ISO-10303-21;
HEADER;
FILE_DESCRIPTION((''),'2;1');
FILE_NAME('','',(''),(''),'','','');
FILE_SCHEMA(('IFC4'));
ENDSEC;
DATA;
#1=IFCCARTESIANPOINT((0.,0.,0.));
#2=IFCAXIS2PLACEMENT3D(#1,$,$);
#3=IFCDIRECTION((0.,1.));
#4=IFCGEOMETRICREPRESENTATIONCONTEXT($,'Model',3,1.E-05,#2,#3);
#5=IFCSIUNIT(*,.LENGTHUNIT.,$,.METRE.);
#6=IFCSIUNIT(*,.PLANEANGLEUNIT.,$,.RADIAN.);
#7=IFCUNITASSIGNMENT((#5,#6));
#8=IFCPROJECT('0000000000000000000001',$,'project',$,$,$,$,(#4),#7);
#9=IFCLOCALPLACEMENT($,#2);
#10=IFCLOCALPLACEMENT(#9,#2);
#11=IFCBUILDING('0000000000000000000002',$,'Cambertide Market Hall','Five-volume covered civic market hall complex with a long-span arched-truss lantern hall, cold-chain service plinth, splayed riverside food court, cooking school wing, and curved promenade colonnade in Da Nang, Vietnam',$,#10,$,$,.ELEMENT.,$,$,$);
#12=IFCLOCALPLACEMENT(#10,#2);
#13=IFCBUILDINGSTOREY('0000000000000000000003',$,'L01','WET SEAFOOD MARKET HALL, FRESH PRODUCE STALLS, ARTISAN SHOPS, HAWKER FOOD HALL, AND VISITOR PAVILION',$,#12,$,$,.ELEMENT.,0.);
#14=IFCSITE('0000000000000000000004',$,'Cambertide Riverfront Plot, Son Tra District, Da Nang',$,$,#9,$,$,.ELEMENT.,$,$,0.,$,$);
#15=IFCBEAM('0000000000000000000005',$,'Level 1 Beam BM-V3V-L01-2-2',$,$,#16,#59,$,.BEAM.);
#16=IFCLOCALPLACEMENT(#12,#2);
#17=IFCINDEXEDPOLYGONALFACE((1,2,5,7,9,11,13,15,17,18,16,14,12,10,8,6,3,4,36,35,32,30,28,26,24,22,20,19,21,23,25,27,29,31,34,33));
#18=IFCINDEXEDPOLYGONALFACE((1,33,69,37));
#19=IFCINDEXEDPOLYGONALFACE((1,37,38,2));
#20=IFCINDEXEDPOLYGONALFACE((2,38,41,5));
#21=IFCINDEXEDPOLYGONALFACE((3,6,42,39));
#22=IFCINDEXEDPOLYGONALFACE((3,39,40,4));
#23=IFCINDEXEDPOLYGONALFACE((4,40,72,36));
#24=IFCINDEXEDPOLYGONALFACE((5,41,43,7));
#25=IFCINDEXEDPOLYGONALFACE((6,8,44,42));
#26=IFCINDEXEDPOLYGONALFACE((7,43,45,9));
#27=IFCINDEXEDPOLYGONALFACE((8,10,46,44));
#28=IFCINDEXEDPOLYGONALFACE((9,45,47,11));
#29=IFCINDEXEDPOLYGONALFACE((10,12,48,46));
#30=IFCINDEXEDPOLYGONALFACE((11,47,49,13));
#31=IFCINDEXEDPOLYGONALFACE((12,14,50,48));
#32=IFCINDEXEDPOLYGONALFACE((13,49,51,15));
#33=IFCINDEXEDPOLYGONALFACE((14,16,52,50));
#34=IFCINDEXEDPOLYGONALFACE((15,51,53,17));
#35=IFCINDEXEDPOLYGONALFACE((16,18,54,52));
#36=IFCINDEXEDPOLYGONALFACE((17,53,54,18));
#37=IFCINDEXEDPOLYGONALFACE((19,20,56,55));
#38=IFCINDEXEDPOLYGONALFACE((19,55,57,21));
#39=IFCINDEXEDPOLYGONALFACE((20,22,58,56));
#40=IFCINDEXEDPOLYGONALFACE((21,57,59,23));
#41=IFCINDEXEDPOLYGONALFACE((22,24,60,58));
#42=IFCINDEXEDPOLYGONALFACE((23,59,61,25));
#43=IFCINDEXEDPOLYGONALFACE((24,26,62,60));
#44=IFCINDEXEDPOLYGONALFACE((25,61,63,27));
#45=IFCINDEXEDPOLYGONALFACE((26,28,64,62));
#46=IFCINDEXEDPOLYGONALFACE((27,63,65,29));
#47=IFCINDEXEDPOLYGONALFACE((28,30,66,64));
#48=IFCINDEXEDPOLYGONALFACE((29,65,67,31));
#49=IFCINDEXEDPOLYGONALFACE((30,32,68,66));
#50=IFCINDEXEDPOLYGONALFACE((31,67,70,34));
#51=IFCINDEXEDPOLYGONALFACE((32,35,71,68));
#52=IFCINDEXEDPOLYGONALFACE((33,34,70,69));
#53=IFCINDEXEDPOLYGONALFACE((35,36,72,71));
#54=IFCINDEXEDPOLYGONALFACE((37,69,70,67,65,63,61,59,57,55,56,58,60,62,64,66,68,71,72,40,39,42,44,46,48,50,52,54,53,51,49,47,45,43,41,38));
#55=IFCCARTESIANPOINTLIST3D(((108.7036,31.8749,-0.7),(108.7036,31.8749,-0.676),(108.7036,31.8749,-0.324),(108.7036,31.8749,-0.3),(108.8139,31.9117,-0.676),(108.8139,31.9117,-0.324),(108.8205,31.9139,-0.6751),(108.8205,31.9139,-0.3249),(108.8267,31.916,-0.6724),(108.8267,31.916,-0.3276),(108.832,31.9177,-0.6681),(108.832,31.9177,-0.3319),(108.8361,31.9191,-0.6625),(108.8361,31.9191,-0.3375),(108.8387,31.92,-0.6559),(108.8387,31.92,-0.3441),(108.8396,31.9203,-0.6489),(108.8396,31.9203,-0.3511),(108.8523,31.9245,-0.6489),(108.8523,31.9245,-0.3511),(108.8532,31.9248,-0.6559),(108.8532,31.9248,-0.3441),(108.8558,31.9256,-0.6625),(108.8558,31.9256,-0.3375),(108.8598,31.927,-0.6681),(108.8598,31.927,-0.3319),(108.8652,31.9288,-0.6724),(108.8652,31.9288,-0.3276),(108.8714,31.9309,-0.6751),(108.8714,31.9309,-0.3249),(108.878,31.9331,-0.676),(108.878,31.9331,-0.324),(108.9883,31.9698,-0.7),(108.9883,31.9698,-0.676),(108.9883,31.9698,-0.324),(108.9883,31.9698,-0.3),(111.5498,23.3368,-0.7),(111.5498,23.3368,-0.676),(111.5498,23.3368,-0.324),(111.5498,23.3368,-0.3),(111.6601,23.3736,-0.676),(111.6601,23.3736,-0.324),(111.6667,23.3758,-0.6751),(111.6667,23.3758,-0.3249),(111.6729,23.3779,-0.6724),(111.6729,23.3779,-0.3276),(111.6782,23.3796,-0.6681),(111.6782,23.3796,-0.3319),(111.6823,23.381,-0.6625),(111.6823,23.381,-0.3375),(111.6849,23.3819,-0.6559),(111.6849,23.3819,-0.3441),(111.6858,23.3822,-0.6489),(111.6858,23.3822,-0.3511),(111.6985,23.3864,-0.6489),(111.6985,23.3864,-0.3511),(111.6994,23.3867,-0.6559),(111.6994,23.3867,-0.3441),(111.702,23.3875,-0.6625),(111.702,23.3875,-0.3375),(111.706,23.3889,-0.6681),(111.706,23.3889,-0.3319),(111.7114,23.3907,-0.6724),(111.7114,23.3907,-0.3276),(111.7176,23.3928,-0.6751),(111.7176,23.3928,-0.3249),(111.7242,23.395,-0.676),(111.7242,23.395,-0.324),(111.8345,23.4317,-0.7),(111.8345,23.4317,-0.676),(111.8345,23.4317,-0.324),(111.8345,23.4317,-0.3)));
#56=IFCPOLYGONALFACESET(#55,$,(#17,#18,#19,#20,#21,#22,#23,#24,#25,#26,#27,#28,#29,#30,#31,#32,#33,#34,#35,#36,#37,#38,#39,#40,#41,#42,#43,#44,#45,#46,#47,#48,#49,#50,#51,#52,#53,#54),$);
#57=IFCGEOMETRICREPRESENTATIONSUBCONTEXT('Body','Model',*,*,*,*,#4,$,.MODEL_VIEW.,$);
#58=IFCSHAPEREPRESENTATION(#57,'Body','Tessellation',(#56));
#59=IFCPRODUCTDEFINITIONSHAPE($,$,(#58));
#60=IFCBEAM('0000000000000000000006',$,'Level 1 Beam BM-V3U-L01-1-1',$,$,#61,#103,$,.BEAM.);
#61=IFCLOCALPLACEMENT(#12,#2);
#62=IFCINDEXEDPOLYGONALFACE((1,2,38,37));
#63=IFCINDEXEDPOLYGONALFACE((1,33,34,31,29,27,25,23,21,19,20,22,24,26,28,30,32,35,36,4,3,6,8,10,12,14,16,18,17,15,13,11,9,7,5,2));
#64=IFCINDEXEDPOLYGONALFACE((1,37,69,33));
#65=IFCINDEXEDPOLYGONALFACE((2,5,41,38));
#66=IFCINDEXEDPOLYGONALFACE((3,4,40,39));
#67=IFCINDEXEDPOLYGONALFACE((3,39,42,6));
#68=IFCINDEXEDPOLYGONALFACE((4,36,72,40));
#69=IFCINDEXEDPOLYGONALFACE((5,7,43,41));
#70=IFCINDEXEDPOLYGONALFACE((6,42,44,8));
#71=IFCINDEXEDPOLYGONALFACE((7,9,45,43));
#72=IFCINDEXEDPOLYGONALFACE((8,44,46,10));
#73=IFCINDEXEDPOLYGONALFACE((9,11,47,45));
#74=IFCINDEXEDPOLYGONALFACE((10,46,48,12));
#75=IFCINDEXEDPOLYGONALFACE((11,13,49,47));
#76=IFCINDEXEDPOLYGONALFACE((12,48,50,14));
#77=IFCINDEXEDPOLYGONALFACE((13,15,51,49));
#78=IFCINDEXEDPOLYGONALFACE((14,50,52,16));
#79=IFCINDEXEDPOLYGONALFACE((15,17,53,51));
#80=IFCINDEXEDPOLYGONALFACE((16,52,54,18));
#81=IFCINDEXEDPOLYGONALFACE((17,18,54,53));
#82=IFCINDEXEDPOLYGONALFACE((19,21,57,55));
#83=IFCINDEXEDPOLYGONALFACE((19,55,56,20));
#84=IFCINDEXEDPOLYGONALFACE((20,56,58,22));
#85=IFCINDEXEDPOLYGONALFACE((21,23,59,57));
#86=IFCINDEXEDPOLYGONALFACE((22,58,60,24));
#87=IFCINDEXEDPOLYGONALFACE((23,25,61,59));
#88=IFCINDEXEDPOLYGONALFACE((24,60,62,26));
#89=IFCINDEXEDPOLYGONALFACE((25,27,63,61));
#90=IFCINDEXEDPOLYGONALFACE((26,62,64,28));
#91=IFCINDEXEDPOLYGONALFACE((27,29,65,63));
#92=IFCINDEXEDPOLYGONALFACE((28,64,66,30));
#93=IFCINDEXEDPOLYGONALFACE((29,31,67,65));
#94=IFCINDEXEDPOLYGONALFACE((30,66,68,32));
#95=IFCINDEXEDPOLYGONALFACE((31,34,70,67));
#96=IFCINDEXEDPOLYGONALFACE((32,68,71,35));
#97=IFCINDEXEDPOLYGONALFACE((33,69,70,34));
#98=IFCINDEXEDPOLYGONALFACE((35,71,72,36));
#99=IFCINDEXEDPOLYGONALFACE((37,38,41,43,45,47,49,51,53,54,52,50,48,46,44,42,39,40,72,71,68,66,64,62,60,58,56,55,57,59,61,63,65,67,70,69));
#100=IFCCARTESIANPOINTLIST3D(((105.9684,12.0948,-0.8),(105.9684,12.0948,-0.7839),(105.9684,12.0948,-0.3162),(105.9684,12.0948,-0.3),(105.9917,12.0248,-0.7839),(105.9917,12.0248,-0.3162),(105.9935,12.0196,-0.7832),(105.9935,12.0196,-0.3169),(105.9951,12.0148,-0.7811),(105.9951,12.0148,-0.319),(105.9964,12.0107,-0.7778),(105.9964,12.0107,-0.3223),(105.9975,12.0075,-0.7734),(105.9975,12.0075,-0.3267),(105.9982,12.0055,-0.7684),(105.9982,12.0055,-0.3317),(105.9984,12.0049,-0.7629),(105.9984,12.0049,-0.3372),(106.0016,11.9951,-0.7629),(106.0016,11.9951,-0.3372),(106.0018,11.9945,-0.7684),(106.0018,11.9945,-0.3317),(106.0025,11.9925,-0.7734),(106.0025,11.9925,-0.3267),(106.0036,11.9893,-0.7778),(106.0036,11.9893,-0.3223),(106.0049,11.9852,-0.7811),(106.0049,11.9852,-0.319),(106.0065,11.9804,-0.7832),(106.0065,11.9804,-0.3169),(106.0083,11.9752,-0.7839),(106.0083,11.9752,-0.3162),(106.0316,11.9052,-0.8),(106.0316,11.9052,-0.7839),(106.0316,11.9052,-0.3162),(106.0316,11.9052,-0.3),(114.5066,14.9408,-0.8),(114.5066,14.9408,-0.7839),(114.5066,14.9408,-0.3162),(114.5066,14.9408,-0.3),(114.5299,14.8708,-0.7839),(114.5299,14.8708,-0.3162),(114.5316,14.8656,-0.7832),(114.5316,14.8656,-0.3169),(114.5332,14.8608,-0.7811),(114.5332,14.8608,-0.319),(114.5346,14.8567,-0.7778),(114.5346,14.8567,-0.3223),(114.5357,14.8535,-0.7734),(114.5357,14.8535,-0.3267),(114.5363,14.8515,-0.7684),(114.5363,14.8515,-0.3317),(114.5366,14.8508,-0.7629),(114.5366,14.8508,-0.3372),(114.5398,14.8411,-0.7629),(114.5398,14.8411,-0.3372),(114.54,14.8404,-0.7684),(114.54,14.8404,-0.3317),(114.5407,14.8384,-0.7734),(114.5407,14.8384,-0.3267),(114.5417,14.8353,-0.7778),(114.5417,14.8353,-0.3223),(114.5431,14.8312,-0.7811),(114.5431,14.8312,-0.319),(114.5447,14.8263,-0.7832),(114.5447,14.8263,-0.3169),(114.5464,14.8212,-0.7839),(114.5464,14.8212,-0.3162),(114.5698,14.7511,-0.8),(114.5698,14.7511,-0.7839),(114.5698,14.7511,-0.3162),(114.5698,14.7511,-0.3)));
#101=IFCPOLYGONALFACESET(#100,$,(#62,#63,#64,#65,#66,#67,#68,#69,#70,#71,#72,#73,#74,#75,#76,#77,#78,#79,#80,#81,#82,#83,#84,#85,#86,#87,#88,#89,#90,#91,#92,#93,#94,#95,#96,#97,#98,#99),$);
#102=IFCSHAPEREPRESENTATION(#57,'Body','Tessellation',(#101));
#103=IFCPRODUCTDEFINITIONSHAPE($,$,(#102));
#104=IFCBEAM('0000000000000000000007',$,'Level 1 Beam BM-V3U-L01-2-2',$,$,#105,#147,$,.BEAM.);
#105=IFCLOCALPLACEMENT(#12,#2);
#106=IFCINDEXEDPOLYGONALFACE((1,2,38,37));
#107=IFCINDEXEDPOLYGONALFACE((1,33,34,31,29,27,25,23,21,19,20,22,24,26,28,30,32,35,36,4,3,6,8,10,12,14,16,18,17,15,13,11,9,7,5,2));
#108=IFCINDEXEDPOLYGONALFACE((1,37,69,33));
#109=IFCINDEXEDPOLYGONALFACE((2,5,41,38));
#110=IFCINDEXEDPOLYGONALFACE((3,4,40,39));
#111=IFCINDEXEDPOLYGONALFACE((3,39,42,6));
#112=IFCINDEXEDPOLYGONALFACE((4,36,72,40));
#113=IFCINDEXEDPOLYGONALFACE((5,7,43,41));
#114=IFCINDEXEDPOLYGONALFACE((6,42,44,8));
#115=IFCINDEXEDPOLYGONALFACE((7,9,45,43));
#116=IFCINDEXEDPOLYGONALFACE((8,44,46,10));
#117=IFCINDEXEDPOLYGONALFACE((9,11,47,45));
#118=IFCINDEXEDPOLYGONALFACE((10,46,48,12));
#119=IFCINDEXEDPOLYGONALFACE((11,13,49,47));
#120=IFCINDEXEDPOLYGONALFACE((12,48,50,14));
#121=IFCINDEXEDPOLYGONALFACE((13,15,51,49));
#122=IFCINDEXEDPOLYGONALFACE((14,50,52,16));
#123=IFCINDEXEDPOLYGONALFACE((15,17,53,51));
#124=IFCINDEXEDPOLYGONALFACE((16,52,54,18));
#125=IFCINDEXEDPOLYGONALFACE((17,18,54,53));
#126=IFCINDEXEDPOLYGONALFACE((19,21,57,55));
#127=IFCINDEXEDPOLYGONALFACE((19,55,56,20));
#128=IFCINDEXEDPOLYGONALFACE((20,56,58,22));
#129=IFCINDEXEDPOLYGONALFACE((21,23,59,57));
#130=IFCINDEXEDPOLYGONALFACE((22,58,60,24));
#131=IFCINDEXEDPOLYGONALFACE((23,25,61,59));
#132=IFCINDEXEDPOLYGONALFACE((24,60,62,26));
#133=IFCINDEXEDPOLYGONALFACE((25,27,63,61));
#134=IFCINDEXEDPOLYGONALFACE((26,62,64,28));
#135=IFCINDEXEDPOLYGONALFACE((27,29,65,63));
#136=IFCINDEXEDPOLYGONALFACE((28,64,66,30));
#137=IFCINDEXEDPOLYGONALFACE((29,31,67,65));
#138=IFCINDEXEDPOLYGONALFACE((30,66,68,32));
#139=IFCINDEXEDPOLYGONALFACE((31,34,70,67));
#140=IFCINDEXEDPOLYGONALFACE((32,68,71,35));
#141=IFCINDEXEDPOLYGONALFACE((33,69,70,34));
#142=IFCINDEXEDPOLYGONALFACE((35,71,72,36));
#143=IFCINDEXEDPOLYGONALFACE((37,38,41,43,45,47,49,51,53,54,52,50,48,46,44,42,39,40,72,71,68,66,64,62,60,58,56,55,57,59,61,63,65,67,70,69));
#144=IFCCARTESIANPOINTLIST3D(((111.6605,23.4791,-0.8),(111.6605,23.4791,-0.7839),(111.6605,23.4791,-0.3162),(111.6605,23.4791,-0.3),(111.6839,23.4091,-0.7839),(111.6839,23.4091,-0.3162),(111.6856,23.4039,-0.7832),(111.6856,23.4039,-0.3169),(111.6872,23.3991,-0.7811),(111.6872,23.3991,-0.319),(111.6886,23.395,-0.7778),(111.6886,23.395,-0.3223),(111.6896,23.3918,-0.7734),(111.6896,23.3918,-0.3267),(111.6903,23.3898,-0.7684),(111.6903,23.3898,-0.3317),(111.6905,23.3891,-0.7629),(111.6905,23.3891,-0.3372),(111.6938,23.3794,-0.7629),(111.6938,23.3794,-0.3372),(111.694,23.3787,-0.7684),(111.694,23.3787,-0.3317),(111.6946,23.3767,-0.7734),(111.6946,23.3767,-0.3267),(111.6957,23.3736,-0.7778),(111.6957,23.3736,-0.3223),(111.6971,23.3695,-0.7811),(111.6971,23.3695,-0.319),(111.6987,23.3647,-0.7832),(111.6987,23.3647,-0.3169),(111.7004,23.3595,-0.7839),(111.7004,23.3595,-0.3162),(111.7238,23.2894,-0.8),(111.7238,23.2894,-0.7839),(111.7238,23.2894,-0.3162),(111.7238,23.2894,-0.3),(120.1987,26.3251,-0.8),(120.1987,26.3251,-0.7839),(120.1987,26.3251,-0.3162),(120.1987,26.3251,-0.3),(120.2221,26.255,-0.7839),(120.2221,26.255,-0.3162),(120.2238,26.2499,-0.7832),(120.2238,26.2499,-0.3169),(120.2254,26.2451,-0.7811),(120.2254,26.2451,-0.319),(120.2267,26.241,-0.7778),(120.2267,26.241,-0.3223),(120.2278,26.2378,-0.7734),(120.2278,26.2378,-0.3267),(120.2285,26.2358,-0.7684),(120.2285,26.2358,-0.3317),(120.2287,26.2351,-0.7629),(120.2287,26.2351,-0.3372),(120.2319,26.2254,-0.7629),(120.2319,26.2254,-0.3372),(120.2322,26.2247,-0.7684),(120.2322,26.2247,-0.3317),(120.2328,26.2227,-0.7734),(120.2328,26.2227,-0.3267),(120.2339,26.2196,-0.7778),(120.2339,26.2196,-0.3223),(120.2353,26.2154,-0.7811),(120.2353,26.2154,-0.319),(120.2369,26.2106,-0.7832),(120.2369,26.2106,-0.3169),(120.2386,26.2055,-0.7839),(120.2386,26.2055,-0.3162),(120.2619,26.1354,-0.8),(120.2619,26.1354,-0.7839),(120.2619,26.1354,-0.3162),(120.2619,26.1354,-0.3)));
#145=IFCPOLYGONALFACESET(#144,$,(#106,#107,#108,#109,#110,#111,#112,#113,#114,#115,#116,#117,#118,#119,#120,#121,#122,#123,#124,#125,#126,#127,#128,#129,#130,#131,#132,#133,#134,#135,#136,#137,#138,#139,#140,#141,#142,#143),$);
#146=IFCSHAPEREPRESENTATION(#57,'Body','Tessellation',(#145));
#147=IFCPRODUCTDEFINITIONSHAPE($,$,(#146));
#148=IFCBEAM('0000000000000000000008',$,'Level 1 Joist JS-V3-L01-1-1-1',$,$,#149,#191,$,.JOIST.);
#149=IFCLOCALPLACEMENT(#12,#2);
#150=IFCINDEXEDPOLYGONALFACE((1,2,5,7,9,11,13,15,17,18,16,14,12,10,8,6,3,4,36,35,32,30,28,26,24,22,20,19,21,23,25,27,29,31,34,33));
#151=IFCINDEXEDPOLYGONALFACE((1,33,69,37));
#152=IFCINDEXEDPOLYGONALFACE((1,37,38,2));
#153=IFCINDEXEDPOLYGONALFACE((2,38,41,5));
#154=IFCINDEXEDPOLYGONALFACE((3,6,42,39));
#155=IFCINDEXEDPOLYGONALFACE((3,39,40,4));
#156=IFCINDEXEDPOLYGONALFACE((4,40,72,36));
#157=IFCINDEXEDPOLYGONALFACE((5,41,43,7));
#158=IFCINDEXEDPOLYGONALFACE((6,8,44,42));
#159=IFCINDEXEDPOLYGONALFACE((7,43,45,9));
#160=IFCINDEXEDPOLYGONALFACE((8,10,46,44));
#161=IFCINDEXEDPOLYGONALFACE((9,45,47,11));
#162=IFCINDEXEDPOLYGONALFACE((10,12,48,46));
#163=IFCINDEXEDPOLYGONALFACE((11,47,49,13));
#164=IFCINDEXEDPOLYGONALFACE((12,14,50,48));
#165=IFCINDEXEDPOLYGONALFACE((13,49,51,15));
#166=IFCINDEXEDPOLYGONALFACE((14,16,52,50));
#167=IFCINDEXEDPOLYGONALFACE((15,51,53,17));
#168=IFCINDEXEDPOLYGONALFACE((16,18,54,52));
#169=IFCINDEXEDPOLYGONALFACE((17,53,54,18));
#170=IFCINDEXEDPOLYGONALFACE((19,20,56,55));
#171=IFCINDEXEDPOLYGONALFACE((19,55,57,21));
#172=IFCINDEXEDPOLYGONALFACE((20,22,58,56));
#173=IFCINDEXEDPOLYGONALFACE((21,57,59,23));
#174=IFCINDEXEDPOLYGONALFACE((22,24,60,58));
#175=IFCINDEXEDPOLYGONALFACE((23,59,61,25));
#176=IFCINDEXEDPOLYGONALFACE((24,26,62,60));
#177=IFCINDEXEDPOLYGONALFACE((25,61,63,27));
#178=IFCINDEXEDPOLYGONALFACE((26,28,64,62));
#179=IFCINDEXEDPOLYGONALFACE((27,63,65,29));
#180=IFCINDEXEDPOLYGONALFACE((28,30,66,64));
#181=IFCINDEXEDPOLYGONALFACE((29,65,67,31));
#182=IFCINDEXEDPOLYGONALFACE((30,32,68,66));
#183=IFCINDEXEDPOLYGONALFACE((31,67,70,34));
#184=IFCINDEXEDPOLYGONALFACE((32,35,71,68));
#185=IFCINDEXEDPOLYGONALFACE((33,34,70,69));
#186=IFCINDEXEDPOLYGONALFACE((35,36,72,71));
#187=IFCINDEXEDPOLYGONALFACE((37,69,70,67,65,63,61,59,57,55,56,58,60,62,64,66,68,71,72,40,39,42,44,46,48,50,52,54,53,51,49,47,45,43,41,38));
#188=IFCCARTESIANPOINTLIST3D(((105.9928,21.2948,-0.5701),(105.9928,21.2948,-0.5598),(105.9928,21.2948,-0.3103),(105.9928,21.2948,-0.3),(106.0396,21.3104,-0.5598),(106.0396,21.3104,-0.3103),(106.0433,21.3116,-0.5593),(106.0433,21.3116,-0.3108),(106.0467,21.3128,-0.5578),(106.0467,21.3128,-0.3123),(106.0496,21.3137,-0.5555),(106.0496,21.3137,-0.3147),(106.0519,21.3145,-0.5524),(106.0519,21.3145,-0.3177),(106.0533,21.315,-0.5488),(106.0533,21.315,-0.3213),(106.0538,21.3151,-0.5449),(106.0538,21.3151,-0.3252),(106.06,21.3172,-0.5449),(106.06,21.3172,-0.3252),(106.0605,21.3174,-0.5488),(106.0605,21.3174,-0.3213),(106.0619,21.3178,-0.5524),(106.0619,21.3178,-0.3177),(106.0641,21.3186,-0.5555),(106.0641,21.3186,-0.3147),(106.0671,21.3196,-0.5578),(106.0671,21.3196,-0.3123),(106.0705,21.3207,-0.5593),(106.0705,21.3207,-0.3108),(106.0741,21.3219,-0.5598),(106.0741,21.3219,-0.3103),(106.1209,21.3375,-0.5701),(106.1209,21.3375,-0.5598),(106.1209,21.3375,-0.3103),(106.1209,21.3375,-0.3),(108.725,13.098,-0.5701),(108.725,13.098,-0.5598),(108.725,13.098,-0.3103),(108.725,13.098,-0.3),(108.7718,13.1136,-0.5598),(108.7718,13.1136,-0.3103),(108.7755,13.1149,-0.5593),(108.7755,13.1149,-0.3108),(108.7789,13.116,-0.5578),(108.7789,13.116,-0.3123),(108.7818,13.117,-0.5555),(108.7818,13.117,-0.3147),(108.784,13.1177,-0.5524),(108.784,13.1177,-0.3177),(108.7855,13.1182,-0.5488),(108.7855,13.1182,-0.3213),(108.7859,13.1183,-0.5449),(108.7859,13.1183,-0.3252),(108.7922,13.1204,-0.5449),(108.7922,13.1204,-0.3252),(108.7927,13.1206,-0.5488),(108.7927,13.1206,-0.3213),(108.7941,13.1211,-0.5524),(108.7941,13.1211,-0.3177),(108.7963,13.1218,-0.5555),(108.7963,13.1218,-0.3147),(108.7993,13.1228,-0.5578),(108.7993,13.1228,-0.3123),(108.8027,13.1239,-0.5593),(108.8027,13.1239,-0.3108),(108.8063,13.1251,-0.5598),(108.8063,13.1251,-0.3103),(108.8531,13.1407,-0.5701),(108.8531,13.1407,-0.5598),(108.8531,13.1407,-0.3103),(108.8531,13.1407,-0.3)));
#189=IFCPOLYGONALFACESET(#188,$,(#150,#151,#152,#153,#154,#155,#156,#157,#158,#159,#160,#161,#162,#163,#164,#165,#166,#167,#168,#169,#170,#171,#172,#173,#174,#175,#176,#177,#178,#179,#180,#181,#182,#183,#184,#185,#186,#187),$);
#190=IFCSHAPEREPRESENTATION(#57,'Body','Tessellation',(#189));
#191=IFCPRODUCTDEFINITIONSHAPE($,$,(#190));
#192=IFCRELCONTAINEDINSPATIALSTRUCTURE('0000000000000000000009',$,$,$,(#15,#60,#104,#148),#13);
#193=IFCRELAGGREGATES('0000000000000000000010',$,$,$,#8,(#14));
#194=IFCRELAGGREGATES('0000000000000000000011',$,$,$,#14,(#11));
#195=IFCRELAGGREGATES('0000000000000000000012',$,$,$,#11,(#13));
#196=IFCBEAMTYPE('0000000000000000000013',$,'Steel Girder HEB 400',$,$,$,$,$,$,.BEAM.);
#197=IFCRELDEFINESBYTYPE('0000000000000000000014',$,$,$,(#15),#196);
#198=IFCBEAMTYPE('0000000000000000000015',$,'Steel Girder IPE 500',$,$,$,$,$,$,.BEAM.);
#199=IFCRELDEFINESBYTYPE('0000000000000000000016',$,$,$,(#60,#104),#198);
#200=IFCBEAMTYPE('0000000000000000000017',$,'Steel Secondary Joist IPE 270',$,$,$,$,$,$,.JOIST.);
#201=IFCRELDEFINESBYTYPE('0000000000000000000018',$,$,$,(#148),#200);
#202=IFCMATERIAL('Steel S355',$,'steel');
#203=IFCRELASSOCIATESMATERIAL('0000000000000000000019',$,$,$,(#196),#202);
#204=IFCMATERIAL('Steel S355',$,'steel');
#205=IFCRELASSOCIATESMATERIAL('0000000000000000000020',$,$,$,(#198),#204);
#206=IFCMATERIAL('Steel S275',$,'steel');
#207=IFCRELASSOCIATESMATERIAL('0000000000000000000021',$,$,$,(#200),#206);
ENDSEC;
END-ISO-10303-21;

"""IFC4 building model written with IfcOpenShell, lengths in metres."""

from ifc_helpers import new_model, si_unit, direction, frame, origin, origin_2d, place, context, subcontext, project, spatial, i_section, extrude, material, material_profile, profile_set, type_object, element, save


model = new_model("IFC4")

# Units and contexts
model_context = context("Model", 3, precision=1e-05, world=origin(), true_north=direction((0.0, 1.0)))
body_context = subcontext(model_context, "Body", "Model", "MODEL_VIEW")
ifc_project = project(units=[si_unit("LENGTHUNIT", "METRE"), si_unit("PLANEANGLEUNIT", "RADIAN")], contexts=[model_context])

# Site, building, storey
site_placement = place(None, origin())
site = spatial("IfcSite", under=ifc_project, at=site_placement, Name="Cambertide Riverfront Plot, Son Tra District, Da Nang", CompositionType="ELEMENT", RefElevation=0.0)
building_placement = place(site_placement, origin())
building = spatial("IfcBuilding", under=site, at=building_placement, Name="Cambertide Market Hall", Description="Five-volume covered civic market hall complex with a long-span arched-truss lantern hall, cold-chain service plinth, splayed riverside food court, cooking school wing, and curved promenade colonnade in Da Nang, Vietnam", CompositionType="ELEMENT")
storey_placement = place(building_placement, origin())
storey = spatial("IfcBuildingStorey", under=building, at=storey_placement, Name="L01", Description="WET SEAFOOD MARKET HALL, FRESH PRODUCE STALLS, ARTISAN SHOPS, HAWKER FOOD HALL, AND VISITOR PAVILION", CompositionType="ELEMENT", Elevation=0.0)

# Beams
ifc_material_1 = material(Name="Steel S355", Category="steel")
ifc_material_profile_1 = material_profile(ifc_material_1, i_section(OverallWidth=0.3, OverallDepth=0.3999, WebThickness=0.0134, FlangeThickness=0.0239, FilletRadius=0.0271, at=origin_2d()), Name="HEB 400")
ifc_profile_set_1 = profile_set([ifc_material_profile_1], Name="Steel S355")
beam_type_1 = type_object("IfcBeamType", Name="Steel Girder HEB 400", PredefinedType="BEAM", material=ifc_profile_set_1)
beam_1_placement = place(storey_placement, frame((111.6921, 23.3843, -0.5), z_axis=(-0.316244, 0.948678, 0.0), x_axis=(-0.948678, -0.316244, 0.0)))
element("IfcBeam", 1, at=beam_1_placement, inside=storey, type_object=beam_type_1, Name="Level 1 Beam BM-V3V-L01-2-2", PredefinedType="BEAM", context=body_context, shape_type="SweptSolid", body=[
    extrude(i_section(OverallWidth=0.3, OverallDepth=0.3999, WebThickness=0.0134, FlangeThickness=0.0239, FilletRadius=0.0271, at=origin_2d()), origin(), (0.0, 0.0, 1.0), 9.0),
])
ifc_material_2 = material(Name="Steel S355", Category="steel")
ifc_material_profile_2 = material_profile(ifc_material_2, i_section(OverallWidth=0.2, OverallDepth=0.5, WebThickness=0.0103, FlangeThickness=0.0161, FilletRadius=0.021, at=origin_2d()), Name="IPE 500")
ifc_profile_set_2 = profile_set([ifc_material_profile_2], Name="Steel S355")
beam_type_2 = type_object("IfcBeamType", Name="Steel Girder IPE 500", PredefinedType="BEAM", material=ifc_profile_set_2)
for number, where, z_axis, x_axis, name in (
    (2, (106.0, 12.0, -0.55), (0.948686, 0.31622, 0.0), (-0.31622, 0.948686, 0.0), "Level 1 Beam BM-V3U-L01-1-1"),
    (3, (111.6921, 23.3843, -0.55), (0.948686, 0.31622, 0.0), (-0.31622, 0.948686, 0.0), "Level 1 Beam BM-V3U-L01-2-2"),
):
    element("IfcBeam", number, at=place(storey_placement, frame(where, z_axis=z_axis, x_axis=x_axis)), inside=storey, type_object=beam_type_2, Name=name, PredefinedType="BEAM", context=body_context, shape_type="SweptSolid", body=[
        extrude(i_section(OverallWidth=0.2, OverallDepth=0.5, WebThickness=0.0103, FlangeThickness=0.0161, FilletRadius=0.021, at=origin_2d()), origin(), (0.0, 0.0, 1.0), 9.0),
    ])
ifc_material_3 = material(Name="Steel S275", Category="steel")
ifc_material_profile_3 = material_profile(ifc_material_3, i_section(OverallWidth=0.135, OverallDepth=0.27, WebThickness=0.0066, FlangeThickness=0.0103, FilletRadius=0.0149, at=origin_2d()), Name="IPE 270")
ifc_profile_set_3 = profile_set([ifc_material_profile_3], Name="Steel S275")
beam_type_3 = type_object("IfcBeamType", Name="Steel Secondary Joist IPE 270", PredefinedType="JOIST", material=ifc_profile_set_3)
beam_2_placement = place(storey_placement, frame((108.7891, 13.1194, -0.4351), z_axis=(-0.316219, 0.948686, 0.0), x_axis=(-0.948686, -0.316219, 0.0)))
element("IfcBeam", 4, at=beam_2_placement, inside=storey, type_object=beam_type_3, Name="Level 1 Joist JS-V3-L01-1-1-1", PredefinedType="JOIST", context=body_context, shape_type="SweptSolid", body=[
    extrude(i_section(OverallWidth=0.135, OverallDepth=0.27, WebThickness=0.0066, FlangeThickness=0.0103, FilletRadius=0.0149, at=origin_2d()), origin(), (0.0, 0.0, 1.0), 8.6401),
])

save(model, "model.ifc")
